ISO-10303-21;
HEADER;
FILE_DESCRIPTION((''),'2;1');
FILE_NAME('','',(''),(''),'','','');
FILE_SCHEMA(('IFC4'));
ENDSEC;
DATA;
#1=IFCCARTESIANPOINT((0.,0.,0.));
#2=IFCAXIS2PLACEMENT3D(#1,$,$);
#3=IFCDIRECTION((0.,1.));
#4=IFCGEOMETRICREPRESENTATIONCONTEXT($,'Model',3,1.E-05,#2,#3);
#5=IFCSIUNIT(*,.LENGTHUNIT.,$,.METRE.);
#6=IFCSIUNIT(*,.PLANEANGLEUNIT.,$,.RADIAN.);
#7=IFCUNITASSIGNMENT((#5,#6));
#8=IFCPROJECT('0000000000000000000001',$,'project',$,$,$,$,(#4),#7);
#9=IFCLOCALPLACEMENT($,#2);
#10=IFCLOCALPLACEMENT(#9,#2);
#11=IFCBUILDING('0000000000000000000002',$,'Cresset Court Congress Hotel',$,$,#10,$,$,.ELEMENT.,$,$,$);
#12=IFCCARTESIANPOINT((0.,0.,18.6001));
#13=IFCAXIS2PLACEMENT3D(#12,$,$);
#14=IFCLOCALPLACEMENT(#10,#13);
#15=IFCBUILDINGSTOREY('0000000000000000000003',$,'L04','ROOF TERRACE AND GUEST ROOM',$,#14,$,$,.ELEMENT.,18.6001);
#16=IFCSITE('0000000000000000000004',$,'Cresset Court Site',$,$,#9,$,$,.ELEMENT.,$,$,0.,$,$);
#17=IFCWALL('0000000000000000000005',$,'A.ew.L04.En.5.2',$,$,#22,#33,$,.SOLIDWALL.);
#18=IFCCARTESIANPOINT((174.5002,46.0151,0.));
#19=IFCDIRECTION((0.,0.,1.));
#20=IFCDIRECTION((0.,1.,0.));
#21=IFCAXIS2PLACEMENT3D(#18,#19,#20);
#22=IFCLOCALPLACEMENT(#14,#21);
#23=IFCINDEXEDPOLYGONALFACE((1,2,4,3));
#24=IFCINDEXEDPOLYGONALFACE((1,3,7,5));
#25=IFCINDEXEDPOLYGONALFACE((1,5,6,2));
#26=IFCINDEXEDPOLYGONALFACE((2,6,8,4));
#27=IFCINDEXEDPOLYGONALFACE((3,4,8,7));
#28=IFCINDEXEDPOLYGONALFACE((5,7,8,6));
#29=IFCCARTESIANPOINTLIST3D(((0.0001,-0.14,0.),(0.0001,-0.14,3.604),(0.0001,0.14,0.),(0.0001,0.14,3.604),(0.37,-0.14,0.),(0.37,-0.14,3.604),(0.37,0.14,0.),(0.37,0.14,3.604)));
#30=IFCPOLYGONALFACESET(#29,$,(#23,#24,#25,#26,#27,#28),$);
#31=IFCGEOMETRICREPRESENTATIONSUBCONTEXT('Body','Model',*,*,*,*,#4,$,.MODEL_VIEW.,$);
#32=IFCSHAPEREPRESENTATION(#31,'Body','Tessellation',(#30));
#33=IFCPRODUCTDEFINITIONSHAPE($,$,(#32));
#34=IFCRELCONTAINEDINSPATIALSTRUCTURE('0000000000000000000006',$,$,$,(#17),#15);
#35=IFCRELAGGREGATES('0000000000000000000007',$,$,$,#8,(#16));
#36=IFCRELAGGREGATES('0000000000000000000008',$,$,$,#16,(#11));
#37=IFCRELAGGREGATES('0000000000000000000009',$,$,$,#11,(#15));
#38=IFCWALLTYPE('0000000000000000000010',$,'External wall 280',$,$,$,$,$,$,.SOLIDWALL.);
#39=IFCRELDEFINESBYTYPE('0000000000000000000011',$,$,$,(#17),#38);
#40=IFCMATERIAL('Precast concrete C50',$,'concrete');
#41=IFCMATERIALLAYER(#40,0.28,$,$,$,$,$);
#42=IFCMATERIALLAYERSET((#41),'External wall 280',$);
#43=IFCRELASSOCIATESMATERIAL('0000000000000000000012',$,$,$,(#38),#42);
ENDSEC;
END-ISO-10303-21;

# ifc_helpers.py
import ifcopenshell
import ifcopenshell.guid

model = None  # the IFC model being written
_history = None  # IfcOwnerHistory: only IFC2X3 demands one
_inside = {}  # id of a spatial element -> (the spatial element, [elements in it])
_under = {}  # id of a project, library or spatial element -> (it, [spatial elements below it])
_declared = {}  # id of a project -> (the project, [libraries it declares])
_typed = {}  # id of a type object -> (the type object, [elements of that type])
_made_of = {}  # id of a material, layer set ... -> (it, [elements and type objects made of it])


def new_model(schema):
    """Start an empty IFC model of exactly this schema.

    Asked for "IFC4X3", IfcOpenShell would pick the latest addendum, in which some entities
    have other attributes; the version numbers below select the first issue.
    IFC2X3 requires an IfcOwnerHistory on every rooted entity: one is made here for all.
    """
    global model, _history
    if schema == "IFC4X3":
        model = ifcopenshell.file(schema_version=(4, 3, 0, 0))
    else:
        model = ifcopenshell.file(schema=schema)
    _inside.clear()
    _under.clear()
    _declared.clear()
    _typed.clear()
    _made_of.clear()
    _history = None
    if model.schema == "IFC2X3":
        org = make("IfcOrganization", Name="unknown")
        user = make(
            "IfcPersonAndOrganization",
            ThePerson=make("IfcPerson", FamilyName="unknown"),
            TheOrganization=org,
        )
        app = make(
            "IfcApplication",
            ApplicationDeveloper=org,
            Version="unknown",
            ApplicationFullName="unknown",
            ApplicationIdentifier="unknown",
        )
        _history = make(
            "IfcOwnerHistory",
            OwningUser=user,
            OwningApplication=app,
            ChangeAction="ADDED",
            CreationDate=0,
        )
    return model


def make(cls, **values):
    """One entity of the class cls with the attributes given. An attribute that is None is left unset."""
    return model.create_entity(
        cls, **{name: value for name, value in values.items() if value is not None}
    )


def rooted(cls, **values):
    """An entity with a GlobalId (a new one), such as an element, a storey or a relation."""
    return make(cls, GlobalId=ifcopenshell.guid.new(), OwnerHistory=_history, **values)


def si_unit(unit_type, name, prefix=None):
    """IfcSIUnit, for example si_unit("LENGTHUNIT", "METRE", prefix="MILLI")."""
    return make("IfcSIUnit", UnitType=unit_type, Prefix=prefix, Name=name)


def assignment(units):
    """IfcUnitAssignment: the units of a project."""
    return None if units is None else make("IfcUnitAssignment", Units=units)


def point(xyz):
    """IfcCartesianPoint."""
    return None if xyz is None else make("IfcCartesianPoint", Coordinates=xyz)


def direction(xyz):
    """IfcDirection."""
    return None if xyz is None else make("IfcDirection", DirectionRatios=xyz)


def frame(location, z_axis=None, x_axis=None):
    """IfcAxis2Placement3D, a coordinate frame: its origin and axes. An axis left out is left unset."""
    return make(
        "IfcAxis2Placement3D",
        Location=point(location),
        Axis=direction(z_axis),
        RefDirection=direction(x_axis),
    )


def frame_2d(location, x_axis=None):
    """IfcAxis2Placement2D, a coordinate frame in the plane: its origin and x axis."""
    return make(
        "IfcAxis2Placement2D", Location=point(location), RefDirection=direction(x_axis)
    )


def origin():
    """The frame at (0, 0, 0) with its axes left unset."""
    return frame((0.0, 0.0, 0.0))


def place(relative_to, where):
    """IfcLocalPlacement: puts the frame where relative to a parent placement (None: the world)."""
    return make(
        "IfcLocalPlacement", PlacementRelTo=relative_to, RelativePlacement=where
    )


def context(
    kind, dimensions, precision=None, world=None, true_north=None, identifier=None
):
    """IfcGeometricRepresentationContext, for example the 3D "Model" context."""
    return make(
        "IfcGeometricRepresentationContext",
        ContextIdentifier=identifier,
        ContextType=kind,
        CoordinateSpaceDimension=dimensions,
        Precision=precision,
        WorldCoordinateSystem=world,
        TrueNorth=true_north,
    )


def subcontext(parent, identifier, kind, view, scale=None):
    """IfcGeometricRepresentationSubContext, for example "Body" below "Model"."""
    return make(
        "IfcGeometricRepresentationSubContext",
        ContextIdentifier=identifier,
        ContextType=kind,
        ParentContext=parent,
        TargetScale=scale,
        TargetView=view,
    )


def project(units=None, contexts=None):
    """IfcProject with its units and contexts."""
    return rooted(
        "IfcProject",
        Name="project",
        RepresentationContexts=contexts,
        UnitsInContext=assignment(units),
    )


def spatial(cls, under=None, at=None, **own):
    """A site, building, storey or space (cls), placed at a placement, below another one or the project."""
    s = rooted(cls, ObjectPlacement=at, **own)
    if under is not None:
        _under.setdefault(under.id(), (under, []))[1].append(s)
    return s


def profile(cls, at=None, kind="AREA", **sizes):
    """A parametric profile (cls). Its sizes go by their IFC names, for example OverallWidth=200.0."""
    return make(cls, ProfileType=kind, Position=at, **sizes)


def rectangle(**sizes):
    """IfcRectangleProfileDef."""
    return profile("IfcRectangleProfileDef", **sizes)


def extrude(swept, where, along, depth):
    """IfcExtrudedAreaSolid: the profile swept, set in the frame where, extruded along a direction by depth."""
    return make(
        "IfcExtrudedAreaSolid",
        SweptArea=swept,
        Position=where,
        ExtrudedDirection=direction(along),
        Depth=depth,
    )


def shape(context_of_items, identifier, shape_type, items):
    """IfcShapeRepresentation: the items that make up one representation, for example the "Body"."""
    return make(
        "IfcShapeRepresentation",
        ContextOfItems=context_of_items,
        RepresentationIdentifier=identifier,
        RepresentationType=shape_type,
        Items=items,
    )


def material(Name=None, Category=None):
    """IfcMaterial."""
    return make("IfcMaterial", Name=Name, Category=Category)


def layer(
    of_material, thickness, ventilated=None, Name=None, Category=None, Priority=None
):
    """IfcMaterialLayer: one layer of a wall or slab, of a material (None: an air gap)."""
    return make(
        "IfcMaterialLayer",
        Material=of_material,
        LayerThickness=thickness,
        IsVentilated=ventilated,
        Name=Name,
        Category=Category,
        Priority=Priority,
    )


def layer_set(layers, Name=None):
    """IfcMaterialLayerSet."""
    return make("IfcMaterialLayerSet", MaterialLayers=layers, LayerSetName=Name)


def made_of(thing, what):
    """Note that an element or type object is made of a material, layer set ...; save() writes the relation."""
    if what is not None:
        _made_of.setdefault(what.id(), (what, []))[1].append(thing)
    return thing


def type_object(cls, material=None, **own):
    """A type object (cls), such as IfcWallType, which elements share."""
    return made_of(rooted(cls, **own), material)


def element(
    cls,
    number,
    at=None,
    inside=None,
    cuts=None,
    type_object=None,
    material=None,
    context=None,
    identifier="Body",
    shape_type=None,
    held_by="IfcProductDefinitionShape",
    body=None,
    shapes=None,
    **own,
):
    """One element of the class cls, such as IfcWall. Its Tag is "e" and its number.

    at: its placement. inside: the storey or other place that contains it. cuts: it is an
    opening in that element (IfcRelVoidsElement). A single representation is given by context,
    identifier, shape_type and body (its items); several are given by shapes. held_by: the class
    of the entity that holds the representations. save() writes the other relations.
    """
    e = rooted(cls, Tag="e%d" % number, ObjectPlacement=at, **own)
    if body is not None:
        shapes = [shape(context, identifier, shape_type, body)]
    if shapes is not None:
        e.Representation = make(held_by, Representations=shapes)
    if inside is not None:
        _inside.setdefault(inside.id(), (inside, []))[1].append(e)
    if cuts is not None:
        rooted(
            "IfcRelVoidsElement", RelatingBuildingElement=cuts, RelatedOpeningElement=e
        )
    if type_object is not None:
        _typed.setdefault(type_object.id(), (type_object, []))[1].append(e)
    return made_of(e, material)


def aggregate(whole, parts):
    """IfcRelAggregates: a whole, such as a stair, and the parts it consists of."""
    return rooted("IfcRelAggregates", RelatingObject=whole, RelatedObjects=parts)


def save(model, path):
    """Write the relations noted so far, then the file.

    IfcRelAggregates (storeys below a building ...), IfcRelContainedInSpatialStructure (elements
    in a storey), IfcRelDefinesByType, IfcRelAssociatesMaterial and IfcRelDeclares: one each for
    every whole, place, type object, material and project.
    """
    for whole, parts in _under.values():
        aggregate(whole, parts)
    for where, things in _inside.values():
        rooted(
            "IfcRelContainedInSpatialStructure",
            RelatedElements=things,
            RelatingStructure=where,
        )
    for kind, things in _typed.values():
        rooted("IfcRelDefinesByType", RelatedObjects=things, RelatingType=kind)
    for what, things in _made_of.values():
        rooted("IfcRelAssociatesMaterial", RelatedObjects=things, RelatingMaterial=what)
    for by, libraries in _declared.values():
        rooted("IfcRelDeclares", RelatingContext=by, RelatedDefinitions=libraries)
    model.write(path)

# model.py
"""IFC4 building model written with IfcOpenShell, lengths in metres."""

from ifc_helpers import new_model, si_unit, direction, frame, frame_2d, origin, place, context, subcontext, project, spatial, rectangle, extrude, material, layer, layer_set, type_object, element, save


model = new_model("IFC4")

# Units and contexts
model_context = context("Model", 3, precision=1e-05, world=origin(), true_north=direction((0.0, 1.0)))
body_context = subcontext(model_context, "Body", "Model", "MODEL_VIEW")
ifc_project = project(units=[si_unit("LENGTHUNIT", "METRE"), si_unit("PLANEANGLEUNIT", "RADIAN")], contexts=[model_context])

# Site, building, storey
site_placement = place(None, origin())
site = spatial("IfcSite", under=ifc_project, at=site_placement, Name="Cresset Court Site", CompositionType="ELEMENT", RefElevation=0.0)
building_placement = place(site_placement, origin())
building = spatial("IfcBuilding", under=site, at=building_placement, Name="Cresset Court Congress Hotel", CompositionType="ELEMENT")
storey_placement = place(building_placement, frame((0.0, 0.0, 18.6001)))
storey = spatial("IfcBuildingStorey", under=building, at=storey_placement, Name="L04", Description="ROOF TERRACE AND GUEST ROOM", CompositionType="ELEMENT", Elevation=18.6001)

# Shared definitions
ifc_material_1 = material(Name="Precast concrete C50", Category="concrete")
ifc_layer_1 = layer(ifc_material_1, 0.28)
ifc_layer_set_1 = layer_set([ifc_layer_1], Name="External wall 280")
wall_type_1 = type_object("IfcWallType", Name="External wall 280", PredefinedType="SOLIDWALL", material=ifc_layer_set_1)

# Wall
wall_1_placement = place(storey_placement, frame((174.5002, 46.0151, 0.0), z_axis=(0.0, 0.0, 1.0), x_axis=(0.0, 1.0, 0.0)))
element("IfcWall", 1, at=wall_1_placement, inside=storey, type_object=wall_type_1, Name="A.ew.L04.En.5.2", PredefinedType="SOLIDWALL", context=body_context, shape_type="SweptSolid", body=[
    extrude(rectangle(XDim=0.3699, YDim=0.28, at=frame_2d((0.1851, 0.0))), origin(), (0.0, 0.0, 1.0), 3.604),
])

save(model, "model.ifc")
